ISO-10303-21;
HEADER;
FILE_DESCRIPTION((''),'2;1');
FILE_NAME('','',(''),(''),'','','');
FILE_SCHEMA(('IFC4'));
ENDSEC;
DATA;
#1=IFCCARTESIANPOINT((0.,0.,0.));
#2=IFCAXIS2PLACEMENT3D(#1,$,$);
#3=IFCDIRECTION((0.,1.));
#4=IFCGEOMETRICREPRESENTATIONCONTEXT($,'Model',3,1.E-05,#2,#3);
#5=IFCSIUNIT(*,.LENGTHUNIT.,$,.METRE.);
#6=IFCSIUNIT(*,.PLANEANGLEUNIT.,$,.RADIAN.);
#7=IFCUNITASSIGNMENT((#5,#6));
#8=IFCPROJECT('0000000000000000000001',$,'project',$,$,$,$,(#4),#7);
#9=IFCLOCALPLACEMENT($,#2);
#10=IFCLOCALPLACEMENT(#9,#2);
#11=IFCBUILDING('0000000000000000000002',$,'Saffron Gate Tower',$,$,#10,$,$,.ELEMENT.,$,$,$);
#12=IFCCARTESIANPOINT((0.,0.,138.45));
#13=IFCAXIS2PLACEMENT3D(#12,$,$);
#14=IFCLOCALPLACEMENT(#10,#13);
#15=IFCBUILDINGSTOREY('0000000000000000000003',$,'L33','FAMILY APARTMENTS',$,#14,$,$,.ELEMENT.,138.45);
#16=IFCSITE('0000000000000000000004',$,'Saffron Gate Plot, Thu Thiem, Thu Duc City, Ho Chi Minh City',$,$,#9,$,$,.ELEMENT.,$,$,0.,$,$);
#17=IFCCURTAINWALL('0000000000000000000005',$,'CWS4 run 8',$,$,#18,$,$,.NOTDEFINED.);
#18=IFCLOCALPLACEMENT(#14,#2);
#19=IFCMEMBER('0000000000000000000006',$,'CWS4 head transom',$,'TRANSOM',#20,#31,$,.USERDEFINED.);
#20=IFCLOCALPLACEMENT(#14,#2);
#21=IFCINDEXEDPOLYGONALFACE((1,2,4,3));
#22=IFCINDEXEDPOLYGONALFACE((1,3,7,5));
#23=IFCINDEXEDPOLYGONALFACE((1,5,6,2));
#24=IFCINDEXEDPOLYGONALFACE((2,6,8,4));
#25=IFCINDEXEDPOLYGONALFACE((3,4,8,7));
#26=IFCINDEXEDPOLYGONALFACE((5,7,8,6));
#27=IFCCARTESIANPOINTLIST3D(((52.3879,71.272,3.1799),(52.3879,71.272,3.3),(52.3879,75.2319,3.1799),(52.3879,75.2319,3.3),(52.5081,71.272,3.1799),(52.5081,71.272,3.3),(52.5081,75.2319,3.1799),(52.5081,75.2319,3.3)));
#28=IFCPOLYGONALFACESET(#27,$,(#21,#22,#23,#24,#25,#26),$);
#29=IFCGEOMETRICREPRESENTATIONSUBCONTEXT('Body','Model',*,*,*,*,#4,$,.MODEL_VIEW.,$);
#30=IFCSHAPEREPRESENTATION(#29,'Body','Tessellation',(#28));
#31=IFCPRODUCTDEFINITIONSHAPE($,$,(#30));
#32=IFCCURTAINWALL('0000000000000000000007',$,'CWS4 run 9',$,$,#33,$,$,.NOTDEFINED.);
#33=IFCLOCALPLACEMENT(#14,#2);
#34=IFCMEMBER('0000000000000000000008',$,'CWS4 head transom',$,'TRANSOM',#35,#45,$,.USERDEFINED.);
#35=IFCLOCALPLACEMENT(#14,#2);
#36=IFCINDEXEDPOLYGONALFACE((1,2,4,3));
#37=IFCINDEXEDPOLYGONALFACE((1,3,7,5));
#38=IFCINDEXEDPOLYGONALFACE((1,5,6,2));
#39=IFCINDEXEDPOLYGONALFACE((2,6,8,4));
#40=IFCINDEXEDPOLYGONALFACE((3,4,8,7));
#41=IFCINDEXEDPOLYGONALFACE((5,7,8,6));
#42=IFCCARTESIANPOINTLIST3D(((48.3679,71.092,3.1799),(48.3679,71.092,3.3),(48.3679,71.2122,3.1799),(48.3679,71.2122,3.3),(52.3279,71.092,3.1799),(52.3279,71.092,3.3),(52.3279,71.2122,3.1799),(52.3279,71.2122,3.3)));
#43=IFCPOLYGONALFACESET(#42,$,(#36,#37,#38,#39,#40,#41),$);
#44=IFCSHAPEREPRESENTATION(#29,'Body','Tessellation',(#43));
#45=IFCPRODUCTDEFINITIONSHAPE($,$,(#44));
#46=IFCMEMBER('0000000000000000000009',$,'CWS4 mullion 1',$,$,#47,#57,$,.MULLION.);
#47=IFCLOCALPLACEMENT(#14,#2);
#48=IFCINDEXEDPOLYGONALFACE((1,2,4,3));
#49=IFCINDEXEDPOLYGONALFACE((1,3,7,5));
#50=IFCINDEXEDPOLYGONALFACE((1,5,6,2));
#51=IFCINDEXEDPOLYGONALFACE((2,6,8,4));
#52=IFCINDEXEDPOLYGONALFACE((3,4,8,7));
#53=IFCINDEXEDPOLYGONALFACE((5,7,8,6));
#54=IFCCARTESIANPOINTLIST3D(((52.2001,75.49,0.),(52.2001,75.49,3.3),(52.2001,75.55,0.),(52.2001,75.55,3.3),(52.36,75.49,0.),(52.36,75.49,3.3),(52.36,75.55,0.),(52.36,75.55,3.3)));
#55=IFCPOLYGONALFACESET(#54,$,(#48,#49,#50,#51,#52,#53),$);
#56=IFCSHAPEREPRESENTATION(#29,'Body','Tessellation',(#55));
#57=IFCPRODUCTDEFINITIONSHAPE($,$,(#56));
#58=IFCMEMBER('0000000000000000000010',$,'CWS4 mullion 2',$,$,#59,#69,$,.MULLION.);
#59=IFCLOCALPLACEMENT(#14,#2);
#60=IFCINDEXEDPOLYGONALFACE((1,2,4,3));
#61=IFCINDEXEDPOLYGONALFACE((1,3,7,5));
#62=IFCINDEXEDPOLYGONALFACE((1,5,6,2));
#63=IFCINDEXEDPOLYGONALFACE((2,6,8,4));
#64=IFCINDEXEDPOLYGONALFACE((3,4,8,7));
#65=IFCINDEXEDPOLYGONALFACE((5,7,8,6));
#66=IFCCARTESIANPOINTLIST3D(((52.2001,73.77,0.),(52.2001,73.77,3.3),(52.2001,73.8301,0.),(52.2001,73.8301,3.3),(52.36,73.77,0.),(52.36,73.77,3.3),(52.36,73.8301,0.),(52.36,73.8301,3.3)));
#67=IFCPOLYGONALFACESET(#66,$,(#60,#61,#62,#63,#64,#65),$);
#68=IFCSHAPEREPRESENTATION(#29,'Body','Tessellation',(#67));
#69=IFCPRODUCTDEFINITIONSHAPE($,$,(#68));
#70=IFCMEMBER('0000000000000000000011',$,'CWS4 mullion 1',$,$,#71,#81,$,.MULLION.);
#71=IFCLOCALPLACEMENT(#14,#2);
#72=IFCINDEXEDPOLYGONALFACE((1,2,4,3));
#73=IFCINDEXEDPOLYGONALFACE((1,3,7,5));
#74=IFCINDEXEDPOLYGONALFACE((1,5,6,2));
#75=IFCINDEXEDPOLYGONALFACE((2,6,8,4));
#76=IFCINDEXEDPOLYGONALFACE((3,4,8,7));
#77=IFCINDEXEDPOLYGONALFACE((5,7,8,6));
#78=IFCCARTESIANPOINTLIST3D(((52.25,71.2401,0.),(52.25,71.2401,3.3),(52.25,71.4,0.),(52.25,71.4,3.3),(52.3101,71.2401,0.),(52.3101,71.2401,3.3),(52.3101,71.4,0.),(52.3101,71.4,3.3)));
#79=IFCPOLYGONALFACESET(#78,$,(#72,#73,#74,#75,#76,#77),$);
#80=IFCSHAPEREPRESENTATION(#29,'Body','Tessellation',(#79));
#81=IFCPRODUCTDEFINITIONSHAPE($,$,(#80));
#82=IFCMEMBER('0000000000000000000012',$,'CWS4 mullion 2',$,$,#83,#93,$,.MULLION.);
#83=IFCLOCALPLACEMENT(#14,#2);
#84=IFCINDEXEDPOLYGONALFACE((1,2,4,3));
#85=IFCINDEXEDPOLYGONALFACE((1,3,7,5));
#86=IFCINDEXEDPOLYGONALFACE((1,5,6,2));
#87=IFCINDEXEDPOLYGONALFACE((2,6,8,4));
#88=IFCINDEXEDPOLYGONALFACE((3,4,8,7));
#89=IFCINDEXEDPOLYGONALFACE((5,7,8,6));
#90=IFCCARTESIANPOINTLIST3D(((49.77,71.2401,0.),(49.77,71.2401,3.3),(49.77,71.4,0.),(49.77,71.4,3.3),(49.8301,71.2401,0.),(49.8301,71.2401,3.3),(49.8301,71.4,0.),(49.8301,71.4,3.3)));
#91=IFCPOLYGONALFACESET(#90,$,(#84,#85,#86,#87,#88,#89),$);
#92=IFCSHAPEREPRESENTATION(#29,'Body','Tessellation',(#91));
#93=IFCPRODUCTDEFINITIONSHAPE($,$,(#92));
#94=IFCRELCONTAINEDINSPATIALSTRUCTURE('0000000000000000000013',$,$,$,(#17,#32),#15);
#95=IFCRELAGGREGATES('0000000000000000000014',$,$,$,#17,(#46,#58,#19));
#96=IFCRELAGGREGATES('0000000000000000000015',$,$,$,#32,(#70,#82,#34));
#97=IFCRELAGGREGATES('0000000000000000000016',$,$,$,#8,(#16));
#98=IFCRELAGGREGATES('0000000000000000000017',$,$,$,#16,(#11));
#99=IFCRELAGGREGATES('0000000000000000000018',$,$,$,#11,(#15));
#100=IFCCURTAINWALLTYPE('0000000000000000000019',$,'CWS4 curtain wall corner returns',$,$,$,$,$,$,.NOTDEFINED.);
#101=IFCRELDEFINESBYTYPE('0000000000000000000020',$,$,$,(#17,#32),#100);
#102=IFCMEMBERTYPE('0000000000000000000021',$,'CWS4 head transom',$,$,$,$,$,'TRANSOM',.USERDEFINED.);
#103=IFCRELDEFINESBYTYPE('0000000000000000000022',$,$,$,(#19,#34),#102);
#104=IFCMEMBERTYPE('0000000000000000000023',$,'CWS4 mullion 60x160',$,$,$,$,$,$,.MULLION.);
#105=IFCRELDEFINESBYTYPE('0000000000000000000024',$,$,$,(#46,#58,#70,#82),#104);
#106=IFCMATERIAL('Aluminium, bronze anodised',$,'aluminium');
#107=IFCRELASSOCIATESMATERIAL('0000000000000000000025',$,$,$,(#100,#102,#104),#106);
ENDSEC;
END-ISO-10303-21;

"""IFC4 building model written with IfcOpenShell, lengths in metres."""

from ifc_helpers import new_model, si_unit, direction, frame, origin, origin_2d, place, context, subcontext, project, spatial, rectangle, extrude, material, material_profile, profile_set, type_object, element, aggregate, save


model = new_model("IFC4")

# Units and contexts
model_context = context("Model", 3, precision=1e-05, world=origin(), true_north=direction((0.0, 1.0)))
body_context = subcontext(model_context, "Body", "Model", "MODEL_VIEW")
ifc_project = project(units=[si_unit("LENGTHUNIT", "METRE"), si_unit("PLANEANGLEUNIT", "RADIAN")], contexts=[model_context])

# Site, building, storey
site_placement = place(None, origin())
site = spatial("IfcSite", under=ifc_project, at=site_placement, Name="Saffron Gate Plot, Thu Thiem, Thu Duc City, Ho Chi Minh City", CompositionType="ELEMENT", RefElevation=0.0)
building_placement = place(site_placement, origin())
building = spatial("IfcBuilding", under=site, at=building_placement, Name="Saffron Gate Tower", CompositionType="ELEMENT")
storey_placement = place(building_placement, frame((0.0, 0.0, 138.45)))
storey = spatial("IfcBuildingStorey", under=building, at=storey_placement, Name="L33", Description="FAMILY APARTMENTS", CompositionType="ELEMENT", Elevation=138.45)

# Shared definitions
ifc_material_1 = material(Name="Aluminium, bronze anodised", Category="aluminium")

# Curtain walls, members
curtain_wall_type_1 = type_object("IfcCurtainWallType", Name="CWS4 curtain wall corner returns", PredefinedType="NOTDEFINED", material=ifc_material_1)
curtain_wall_1_placement = place(storey_placement, origin())
curtain_wall_1 = element("IfcCurtainWall", 1, at=curtain_wall_1_placement, inside=storey, type_object=curtain_wall_type_1, Name="CWS4 run 8", PredefinedType="NOTDEFINED")
ifc_material_profile_1 = material_profile(ifc_material_1, rectangle(XDim=0.1201, YDim=0.1201, at=origin_2d()))
ifc_profile_set_1 = profile_set([ifc_material_profile_1], Name="Aluminium, bronze anodised")
member_type_1 = type_object("IfcMemberType", Name="CWS4 head transom", ElementType="TRANSOM", PredefinedType="USERDEFINED", material=ifc_profile_set_1)
member_1_placement = place(storey_placement, frame((52.448, 75.2319, 3.24), z_axis=(0.0, -1.0, 0.0), x_axis=(1.0, 0.0, 0.0)))
member_1 = element("IfcMember", 2, at=member_1_placement, type_object=member_type_1, Name="CWS4 head transom", ObjectType="TRANSOM", PredefinedType="USERDEFINED", context=body_context, shape_type="SweptSolid", body=[
    extrude(rectangle(XDim=0.1201, YDim=0.1201, at=origin_2d()), origin(), (0.0, 0.0, 1.0), 3.96),
])
curtain_wall_2_placement = place(storey_placement, origin())
curtain_wall_2 = element("IfcCurtainWall", 3, at=curtain_wall_2_placement, inside=storey, type_object=curtain_wall_type_1, Name="CWS4 run 9", PredefinedType="NOTDEFINED")
member_2_placement = place(storey_placement, frame((52.3279, 71.1521, 3.24), z_axis=(-1.0, 0.0, 0.0), x_axis=(0.0, -1.0, 0.0)))
member_2 = element("IfcMember", 4, at=member_2_placement, type_object=member_type_1, Name="CWS4 head transom", ObjectType="TRANSOM", PredefinedType="USERDEFINED", context=body_context, shape_type="SweptSolid", body=[
    extrude(rectangle(XDim=0.1201, YDim=0.1201, at=origin_2d()), origin(), (0.0, 0.0, 1.0), 3.96),
])

# Members
ifc_material_profile_2 = material_profile(ifc_material_1, rectangle(XDim=0.1599, YDim=0.0601, at=origin_2d()))
ifc_profile_set_2 = profile_set([ifc_material_profile_2], Name="Aluminium, bronze anodised")
member_type_2 = type_object("IfcMemberType", Name="CWS4 mullion 60x160", PredefinedType="MULLION", material=ifc_profile_set_2)
member_3_placement = place(storey_placement, frame((52.28, 75.52, 0.0), z_axis=(0.0, 0.0, 1.0), x_axis=(1.0, 0.0, 0.0)))
member_3 = element("IfcMember", 5, at=member_3_placement, type_object=member_type_2, Name="CWS4 mullion 1", PredefinedType="MULLION", context=body_context, shape_type="SweptSolid", body=[
    extrude(rectangle(XDim=0.1599, YDim=0.0601, at=origin_2d()), origin(), (0.0, 0.0, 1.0), 3.3),
])
member_4_placement = place(storey_placement, frame((52.28, 73.8, 0.0), z_axis=(0.0, 0.0, 1.0), x_axis=(1.0, 0.0, 0.0)))
member_4 = element("IfcMember", 6, at=member_4_placement, type_object=member_type_2, Name="CWS4 mullion 2", PredefinedType="MULLION", context=body_context, shape_type="SweptSolid", body=[
    extrude(rectangle(XDim=0.1599, YDim=0.0601, at=origin_2d()), origin(), (0.0, 0.0, 1.0), 3.3),
])
member_5_placement = place(storey_placement, frame((52.28, 71.3201, 0.0), z_axis=(0.0, 0.0, 1.0), x_axis=(0.0, -1.0, 0.0)))
member_5 = element("IfcMember", 7, at=member_5_placement, type_object=member_type_2, Name="CWS4 mullion 1", PredefinedType="MULLION", context=body_context, shape_type="SweptSolid", body=[
    extrude(rectangle(XDim=0.1599, YDim=0.0601, at=origin_2d()), origin(), (0.0, 0.0, 1.0), 3.3),
])
member_6_placement = place(storey_placement, frame((49.8, 71.3201, 0.0), z_axis=(0.0, 0.0, 1.0), x_axis=(0.0, -1.0, 0.0)))
member_6 = element("IfcMember", 8, at=member_6_placement, type_object=member_type_2, Name="CWS4 mullion 2", PredefinedType="MULLION", context=body_context, shape_type="SweptSolid", body=[
    extrude(rectangle(XDim=0.1599, YDim=0.0601, at=origin_2d()), origin(), (0.0, 0.0, 1.0), 3.3),
])

aggregate(curtain_wall_1, [member_3, member_4, member_1])
aggregate(curtain_wall_2, [member_5, member_6, member_2])

save(model, "model.ifc")
